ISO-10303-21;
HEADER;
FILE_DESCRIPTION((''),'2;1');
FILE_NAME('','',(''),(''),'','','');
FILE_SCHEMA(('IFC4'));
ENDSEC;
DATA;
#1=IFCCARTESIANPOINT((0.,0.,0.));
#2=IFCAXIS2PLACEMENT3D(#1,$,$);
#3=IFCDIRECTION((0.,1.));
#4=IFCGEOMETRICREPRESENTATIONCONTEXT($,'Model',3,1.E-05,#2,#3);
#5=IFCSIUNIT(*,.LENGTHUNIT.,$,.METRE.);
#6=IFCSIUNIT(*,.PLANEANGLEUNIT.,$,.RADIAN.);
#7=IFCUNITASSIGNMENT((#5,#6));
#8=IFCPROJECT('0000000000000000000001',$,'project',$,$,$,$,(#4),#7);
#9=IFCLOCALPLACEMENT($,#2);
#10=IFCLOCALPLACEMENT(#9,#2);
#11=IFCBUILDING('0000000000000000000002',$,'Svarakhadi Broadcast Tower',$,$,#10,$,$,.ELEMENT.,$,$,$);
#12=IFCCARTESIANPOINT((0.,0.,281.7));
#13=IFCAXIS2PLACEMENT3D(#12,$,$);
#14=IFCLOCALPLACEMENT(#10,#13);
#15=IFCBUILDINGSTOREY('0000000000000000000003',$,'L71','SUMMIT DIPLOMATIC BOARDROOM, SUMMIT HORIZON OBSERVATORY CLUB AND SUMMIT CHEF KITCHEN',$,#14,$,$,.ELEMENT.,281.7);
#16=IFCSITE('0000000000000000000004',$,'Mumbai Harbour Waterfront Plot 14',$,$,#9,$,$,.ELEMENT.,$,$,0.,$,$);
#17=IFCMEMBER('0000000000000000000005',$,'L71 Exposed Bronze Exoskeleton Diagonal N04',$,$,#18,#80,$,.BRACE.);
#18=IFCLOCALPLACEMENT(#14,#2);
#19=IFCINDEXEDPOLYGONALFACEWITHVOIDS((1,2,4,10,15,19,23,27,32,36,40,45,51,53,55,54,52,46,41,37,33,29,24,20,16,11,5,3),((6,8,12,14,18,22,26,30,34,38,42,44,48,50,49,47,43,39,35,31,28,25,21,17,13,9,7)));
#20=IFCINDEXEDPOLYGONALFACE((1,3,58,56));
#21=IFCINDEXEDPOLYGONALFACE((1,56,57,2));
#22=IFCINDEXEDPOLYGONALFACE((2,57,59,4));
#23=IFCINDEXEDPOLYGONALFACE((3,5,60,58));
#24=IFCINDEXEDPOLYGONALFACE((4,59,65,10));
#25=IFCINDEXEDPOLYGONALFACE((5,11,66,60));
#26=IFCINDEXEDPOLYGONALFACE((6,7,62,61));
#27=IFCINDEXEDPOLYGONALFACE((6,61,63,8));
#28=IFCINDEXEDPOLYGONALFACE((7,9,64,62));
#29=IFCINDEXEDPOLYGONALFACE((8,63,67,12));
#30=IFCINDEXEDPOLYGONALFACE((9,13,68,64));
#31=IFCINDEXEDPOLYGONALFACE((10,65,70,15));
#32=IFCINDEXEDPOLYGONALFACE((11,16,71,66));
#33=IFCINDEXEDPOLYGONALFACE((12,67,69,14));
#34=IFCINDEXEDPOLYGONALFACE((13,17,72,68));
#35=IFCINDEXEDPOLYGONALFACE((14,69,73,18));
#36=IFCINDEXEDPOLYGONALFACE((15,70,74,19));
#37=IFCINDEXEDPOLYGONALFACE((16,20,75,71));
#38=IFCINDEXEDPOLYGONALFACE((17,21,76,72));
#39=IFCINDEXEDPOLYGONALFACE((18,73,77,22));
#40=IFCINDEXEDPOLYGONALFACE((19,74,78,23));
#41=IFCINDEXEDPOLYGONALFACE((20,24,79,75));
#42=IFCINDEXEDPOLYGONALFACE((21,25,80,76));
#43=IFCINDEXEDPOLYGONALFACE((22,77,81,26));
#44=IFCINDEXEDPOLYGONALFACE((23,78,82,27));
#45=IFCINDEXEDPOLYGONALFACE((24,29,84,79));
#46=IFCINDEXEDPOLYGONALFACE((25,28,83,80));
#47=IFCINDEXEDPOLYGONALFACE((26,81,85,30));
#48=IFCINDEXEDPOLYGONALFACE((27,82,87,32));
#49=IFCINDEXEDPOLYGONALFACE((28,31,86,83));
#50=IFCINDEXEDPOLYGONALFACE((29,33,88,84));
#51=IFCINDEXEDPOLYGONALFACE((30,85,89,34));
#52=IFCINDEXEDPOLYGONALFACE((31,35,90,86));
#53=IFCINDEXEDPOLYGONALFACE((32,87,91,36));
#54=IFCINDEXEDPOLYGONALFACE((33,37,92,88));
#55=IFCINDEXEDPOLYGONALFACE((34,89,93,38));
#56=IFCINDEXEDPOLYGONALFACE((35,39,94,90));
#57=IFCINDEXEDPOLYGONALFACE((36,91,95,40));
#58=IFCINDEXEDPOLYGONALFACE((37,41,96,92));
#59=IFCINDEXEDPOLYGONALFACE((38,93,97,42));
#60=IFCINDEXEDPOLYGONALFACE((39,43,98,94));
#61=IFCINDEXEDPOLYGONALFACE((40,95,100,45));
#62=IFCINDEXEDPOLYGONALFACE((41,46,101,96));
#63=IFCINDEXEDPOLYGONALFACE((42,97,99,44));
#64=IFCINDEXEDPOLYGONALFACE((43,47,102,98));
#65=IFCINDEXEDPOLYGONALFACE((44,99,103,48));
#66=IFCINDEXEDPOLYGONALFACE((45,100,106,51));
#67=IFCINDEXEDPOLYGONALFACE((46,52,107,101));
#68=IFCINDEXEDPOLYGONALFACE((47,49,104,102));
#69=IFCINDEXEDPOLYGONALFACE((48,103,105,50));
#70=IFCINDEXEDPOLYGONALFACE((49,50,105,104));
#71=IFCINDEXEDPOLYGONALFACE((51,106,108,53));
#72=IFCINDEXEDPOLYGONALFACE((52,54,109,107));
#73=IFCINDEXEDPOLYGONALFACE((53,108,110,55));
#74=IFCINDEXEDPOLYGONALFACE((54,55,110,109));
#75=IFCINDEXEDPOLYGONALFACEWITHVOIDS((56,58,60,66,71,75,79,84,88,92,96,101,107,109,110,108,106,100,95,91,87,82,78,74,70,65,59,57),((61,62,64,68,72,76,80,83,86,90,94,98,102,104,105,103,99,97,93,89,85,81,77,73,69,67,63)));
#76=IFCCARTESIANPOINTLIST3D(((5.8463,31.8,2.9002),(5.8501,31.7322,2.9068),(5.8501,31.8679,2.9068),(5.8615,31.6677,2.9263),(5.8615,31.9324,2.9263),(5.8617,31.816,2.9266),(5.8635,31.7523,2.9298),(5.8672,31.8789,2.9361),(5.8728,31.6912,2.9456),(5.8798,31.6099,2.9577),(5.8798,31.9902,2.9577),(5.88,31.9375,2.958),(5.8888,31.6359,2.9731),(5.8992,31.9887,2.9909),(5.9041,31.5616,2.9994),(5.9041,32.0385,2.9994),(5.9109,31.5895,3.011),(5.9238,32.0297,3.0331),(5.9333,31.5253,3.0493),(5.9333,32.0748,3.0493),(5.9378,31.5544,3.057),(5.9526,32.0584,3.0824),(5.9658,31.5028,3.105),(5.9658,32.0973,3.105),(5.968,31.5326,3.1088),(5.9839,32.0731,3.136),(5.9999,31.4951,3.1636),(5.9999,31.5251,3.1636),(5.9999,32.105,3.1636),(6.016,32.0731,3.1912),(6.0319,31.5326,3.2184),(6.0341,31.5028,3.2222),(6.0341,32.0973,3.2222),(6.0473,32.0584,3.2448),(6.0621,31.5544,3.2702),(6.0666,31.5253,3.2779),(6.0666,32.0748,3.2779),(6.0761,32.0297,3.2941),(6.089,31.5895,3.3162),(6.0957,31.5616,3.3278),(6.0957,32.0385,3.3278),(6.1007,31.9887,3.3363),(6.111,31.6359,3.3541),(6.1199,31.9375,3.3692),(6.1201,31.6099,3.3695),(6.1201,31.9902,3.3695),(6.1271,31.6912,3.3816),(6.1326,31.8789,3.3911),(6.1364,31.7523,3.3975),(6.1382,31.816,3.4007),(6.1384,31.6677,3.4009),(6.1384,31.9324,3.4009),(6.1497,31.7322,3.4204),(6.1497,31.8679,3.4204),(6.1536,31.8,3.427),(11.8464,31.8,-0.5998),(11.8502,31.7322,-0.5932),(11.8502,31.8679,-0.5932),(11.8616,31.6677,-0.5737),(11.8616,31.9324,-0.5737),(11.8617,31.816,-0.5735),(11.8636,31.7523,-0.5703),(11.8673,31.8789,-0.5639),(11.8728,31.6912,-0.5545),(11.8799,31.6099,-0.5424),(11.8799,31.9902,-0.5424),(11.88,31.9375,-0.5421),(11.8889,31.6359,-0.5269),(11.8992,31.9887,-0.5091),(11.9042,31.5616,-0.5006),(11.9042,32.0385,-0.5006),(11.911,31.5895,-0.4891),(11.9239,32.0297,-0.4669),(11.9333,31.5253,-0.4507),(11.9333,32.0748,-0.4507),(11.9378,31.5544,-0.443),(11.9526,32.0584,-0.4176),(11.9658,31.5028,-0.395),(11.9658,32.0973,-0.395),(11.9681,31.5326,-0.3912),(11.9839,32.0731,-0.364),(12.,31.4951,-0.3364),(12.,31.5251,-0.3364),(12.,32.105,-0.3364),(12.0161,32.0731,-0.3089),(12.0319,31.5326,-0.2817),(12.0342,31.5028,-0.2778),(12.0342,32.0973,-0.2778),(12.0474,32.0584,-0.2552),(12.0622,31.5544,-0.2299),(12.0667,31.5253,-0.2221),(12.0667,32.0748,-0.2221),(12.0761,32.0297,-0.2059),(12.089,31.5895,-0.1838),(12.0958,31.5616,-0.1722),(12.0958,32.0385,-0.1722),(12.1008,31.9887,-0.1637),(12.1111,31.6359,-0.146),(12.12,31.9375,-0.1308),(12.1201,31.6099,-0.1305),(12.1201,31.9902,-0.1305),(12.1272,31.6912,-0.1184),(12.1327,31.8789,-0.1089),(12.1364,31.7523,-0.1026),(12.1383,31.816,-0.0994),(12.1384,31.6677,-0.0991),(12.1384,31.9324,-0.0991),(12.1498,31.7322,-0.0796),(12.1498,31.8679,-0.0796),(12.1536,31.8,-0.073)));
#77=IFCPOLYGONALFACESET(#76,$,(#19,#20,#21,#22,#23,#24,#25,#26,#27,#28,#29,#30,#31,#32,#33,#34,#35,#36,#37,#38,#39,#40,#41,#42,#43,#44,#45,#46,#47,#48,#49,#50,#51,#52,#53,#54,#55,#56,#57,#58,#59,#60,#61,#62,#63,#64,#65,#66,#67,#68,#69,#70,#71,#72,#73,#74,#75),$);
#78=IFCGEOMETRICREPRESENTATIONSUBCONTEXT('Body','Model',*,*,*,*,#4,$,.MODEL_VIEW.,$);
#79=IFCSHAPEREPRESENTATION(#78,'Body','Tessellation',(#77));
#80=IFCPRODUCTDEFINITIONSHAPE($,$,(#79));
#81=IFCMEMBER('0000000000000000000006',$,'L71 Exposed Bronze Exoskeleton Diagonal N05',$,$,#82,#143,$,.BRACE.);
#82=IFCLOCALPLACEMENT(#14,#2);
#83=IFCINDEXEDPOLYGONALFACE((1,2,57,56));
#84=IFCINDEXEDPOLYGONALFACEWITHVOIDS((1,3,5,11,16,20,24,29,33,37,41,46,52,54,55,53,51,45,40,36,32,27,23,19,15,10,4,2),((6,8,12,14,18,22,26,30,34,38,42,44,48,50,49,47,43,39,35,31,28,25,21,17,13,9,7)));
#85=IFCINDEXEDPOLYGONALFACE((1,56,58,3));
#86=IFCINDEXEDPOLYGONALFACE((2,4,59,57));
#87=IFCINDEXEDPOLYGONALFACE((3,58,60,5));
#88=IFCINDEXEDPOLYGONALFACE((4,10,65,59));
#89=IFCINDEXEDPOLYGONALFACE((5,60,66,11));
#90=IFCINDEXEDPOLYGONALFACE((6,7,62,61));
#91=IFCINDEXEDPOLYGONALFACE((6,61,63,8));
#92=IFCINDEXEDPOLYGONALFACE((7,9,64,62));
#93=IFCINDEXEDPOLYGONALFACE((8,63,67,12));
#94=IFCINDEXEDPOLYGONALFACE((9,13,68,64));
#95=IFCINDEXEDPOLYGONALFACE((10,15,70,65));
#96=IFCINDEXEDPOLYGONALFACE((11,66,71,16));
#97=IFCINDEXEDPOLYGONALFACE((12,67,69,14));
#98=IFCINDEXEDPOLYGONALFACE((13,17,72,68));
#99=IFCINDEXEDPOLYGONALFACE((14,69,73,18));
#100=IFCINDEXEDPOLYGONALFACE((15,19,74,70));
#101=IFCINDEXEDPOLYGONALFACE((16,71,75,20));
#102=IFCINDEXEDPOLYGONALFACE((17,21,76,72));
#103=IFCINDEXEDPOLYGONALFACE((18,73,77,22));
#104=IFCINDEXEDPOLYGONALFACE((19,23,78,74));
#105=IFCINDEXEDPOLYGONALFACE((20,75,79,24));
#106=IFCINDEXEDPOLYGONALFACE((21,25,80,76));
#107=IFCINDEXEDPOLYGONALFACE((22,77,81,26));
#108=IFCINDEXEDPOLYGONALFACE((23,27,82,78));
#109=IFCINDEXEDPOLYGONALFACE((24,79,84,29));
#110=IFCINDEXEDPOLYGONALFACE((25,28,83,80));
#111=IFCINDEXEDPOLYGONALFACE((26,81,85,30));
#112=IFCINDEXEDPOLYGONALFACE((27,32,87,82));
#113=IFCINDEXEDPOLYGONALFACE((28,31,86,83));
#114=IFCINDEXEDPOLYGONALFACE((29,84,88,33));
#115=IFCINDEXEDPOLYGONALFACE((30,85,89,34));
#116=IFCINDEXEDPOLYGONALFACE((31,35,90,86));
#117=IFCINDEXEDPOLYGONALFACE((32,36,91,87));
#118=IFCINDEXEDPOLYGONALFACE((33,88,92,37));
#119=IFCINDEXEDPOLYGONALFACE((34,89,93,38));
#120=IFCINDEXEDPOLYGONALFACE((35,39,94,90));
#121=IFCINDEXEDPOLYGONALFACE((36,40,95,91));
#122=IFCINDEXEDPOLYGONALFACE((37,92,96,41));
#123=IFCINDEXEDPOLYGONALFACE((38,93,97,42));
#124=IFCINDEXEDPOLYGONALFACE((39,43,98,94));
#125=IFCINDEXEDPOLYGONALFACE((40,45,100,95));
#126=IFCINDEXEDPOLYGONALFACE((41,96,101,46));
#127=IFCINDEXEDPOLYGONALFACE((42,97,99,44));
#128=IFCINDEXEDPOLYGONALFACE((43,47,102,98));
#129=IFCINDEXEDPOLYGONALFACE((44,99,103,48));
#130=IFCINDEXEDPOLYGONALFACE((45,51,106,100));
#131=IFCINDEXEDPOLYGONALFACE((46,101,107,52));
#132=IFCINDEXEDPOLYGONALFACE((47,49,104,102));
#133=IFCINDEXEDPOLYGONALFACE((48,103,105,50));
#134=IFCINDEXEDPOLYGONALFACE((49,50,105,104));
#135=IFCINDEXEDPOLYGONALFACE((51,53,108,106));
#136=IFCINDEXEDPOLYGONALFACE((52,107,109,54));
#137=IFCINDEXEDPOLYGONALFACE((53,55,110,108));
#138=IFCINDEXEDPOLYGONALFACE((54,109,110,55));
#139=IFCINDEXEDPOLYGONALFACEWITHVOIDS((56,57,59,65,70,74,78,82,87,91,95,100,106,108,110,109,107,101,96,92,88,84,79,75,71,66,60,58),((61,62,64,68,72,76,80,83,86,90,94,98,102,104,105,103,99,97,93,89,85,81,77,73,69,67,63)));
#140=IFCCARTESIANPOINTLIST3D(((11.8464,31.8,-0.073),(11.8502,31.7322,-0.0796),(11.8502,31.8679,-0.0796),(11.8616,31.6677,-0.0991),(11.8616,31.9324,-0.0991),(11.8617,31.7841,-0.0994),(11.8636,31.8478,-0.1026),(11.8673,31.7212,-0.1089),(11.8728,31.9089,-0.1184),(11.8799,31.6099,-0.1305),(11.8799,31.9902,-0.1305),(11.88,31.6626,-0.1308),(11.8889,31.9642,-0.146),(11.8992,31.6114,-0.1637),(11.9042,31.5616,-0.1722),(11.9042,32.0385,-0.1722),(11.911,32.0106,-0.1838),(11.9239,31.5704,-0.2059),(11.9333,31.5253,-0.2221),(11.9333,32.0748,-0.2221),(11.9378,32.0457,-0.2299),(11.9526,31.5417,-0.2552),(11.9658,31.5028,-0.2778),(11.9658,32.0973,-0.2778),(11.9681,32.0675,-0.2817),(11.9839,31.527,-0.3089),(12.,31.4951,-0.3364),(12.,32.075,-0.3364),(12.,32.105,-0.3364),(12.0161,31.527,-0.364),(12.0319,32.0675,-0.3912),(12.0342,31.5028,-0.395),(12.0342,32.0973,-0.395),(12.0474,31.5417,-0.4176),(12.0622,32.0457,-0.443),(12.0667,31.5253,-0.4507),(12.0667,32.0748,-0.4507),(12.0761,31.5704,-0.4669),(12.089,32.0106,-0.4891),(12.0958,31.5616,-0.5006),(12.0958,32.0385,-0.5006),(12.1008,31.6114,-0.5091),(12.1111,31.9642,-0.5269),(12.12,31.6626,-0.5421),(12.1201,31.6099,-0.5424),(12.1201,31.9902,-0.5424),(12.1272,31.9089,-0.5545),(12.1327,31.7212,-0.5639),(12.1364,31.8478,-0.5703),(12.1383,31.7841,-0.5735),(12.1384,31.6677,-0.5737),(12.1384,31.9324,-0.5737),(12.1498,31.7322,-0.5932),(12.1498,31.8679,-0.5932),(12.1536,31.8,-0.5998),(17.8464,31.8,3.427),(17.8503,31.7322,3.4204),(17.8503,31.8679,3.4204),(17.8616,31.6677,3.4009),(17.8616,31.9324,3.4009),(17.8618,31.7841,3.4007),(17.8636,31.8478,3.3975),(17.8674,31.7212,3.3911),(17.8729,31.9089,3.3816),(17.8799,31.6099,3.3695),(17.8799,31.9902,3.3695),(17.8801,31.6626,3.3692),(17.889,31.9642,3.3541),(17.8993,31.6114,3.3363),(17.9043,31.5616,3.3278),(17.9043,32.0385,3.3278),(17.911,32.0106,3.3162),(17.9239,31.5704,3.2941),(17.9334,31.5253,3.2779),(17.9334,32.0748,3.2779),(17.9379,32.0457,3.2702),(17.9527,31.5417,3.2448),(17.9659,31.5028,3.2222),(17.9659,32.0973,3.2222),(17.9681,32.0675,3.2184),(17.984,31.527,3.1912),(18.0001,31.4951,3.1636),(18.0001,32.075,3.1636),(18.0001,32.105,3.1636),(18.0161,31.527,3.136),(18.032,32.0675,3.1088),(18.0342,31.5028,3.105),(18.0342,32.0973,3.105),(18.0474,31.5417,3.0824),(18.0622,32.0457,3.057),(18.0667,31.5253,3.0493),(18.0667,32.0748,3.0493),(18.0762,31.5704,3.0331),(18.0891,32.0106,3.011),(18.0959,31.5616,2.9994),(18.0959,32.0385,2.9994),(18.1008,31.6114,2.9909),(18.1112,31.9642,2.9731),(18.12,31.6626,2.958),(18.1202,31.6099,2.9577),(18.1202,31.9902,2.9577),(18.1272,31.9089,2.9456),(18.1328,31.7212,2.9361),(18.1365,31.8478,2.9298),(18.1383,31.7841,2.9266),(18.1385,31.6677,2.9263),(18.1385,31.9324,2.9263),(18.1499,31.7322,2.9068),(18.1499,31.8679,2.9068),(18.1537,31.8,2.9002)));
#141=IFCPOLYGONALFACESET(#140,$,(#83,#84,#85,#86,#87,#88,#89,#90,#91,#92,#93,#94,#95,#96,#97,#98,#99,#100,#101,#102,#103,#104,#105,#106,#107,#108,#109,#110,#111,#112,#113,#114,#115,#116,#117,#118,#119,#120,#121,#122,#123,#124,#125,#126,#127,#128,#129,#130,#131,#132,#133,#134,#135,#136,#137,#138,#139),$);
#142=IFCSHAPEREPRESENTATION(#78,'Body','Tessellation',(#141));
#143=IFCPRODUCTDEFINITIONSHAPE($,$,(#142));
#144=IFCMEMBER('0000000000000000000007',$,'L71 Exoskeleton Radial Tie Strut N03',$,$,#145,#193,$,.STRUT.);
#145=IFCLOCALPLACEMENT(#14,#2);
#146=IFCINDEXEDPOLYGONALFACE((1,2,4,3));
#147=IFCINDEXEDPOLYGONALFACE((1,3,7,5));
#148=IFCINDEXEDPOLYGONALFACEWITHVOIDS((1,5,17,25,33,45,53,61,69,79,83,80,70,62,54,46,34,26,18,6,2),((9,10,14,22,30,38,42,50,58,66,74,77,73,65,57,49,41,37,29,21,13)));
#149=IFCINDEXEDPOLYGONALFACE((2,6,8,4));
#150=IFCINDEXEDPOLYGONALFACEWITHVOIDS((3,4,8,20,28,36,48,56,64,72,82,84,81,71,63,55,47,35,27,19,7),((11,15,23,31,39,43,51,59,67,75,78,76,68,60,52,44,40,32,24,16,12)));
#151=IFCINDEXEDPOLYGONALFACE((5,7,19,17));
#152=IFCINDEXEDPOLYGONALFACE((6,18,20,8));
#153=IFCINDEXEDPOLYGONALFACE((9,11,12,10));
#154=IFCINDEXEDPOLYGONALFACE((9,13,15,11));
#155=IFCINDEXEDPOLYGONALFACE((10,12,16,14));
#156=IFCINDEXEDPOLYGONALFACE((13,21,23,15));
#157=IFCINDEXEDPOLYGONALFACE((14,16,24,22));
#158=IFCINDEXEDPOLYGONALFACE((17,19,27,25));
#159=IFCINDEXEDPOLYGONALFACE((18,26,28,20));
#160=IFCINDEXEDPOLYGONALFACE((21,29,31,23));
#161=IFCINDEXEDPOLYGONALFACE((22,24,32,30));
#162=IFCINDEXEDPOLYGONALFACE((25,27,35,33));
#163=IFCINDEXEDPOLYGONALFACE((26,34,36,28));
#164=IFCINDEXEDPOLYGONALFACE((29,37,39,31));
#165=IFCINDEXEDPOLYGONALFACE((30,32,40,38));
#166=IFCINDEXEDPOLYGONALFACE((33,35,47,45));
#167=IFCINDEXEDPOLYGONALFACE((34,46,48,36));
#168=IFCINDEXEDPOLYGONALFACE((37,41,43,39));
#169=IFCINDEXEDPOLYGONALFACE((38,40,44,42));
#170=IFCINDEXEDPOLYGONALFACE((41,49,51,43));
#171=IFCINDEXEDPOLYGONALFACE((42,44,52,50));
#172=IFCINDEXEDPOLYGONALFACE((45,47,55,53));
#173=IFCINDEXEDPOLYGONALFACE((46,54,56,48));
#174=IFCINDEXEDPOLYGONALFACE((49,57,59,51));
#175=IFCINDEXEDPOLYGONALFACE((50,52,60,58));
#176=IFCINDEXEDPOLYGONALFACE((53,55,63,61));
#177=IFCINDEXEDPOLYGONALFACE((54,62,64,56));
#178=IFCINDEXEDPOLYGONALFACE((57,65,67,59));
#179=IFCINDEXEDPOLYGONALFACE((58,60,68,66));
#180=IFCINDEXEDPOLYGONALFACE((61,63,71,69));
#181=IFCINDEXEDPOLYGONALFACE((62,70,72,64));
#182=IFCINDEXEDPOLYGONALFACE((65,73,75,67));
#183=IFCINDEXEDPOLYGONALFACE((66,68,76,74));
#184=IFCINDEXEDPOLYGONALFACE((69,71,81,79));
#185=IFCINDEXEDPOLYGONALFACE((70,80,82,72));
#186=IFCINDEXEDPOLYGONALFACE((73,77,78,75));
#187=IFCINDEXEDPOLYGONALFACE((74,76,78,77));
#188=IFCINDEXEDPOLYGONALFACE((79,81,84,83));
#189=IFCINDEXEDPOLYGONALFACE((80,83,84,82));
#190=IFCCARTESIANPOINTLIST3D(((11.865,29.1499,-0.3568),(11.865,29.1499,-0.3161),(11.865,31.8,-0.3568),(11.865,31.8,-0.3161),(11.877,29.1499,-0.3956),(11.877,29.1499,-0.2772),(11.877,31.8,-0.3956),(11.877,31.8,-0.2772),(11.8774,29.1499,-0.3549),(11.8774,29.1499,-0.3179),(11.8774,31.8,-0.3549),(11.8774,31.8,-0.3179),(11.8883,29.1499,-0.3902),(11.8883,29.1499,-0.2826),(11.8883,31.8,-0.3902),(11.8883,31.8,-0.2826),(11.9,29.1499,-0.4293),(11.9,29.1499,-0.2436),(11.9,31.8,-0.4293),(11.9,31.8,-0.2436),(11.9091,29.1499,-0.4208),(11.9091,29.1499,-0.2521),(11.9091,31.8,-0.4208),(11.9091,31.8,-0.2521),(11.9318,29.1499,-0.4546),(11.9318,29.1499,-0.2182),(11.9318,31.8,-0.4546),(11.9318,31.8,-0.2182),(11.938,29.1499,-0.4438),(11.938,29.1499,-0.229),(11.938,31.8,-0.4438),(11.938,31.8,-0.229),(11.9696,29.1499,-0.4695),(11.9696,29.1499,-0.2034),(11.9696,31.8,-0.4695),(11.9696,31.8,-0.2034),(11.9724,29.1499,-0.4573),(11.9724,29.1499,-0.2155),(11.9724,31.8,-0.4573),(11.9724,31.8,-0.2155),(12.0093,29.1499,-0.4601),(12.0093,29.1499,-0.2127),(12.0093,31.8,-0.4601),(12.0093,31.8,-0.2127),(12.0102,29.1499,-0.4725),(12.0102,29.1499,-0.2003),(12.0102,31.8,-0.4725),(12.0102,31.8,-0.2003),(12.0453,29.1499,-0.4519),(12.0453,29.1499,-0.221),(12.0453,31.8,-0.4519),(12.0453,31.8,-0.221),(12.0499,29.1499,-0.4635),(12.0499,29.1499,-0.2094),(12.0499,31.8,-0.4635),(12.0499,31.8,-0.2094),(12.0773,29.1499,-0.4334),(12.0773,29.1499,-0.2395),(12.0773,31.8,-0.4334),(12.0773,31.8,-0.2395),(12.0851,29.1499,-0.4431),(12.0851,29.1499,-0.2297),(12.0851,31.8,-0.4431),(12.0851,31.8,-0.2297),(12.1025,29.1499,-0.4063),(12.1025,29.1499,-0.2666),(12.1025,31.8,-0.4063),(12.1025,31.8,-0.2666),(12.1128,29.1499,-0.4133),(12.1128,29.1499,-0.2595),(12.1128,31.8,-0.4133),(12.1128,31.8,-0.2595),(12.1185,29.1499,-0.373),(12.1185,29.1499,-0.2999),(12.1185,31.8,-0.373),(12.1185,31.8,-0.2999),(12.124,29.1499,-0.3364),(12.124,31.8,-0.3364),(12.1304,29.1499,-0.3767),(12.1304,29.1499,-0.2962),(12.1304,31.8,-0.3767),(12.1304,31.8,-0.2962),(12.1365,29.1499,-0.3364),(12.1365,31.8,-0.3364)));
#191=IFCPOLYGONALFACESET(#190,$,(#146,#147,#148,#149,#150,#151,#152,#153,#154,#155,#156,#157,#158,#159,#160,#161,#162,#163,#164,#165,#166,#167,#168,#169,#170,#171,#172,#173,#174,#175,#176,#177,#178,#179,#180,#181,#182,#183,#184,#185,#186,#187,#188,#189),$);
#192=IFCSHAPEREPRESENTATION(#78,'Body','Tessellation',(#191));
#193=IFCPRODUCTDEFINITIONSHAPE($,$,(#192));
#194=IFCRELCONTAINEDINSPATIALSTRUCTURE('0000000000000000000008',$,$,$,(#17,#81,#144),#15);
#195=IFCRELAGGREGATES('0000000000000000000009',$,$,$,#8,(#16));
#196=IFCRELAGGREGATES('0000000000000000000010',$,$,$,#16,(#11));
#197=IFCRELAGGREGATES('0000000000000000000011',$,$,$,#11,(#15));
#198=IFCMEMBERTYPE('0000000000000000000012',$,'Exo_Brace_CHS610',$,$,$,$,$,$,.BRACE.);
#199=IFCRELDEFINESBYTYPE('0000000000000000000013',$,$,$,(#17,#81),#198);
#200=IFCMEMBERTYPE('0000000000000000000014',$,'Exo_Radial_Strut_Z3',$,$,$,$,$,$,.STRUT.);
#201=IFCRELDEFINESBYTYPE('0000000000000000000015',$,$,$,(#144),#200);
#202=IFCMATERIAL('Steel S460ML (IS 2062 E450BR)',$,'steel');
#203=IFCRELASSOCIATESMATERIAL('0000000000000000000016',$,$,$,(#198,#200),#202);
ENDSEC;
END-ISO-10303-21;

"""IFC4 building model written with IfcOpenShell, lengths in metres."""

from ifc_helpers import new_model, si_unit, direction, frame, origin, origin_2d, place, context, subcontext, project, spatial, hollow_circle, extrude, material, material_profile, profile_set, type_object, element, save


model = new_model("IFC4")

# Units and contexts
model_context = context("Model", 3, precision=1e-05, world=origin(), true_north=direction((0.0, 1.0)))
body_context = subcontext(model_context, "Body", "Model", "MODEL_VIEW")
ifc_project = project(units=[si_unit("LENGTHUNIT", "METRE"), si_unit("PLANEANGLEUNIT", "RADIAN")], contexts=[model_context])

# Site, building, storey
site_placement = place(None, origin())
site = spatial("IfcSite", under=ifc_project, at=site_placement, Name="Mumbai Harbour Waterfront Plot 14", CompositionType="ELEMENT", RefElevation=0.0)
building_placement = place(site_placement, origin())
building = spatial("IfcBuilding", under=site, at=building_placement, Name="Svarakhadi Broadcast Tower", CompositionType="ELEMENT")
storey_placement = place(building_placement, frame((0.0, 0.0, 281.7)))
storey = spatial("IfcBuildingStorey", under=building, at=storey_placement, Name="L71", Description="SUMMIT DIPLOMATIC BOARDROOM, SUMMIT HORIZON OBSERVATORY CLUB AND SUMMIT CHEF KITCHEN", CompositionType="ELEMENT", Elevation=281.7)

# Shared definitions
ifc_material_1 = material(Name="Steel S460ML (IS 2062 E450BR)", Category="steel")

# Members
ifc_material_profile_1 = material_profile(ifc_material_1, hollow_circle(Radius=0.3049, WallThickness=0.03, at=origin_2d()), Name="CHS 610x30")
ifc_profile_set_1 = profile_set([ifc_material_profile_1], Name="Steel S460ML (IS 2062 E450BR)")
member_type_1 = type_object("IfcMemberType", Name="Exo_Brace_CHS610", PredefinedType="BRACE", material=ifc_profile_set_1)
for number, where, z_axis, x_axis, name in (
    (1, (12.0, 31.8, -0.3364), (-0.863779, 0.0, 0.503871), (0.0, -1.0, 0.0), "L71 Exposed Bronze Exoskeleton Diagonal N04"),
    (2, (12.0, 31.8, -0.3364), (0.863779, 0.0, 0.503871), (0.0, 1.0, 0.0), "L71 Exposed Bronze Exoskeleton Diagonal N05"),
):
    element("IfcMember", number, at=place(storey_placement, frame(where, z_axis=z_axis, x_axis=x_axis)), inside=storey, type_object=member_type_1, Name=name, PredefinedType="BRACE", context=body_context, shape_type="SweptSolid", body=[
        extrude(hollow_circle(Radius=0.3049, WallThickness=0.03, at=origin_2d()), origin(), (0.0, 0.0, 1.0), 6.9463),
    ])
ifc_material_profile_2 = material_profile(ifc_material_1, hollow_circle(Radius=0.1365, WallThickness=0.0125, at=origin_2d()), Name="CHS 273x12.5")
ifc_profile_set_2 = profile_set([ifc_material_profile_2], Name="Steel S460ML (IS 2062 E450BR)")
member_type_2 = type_object("IfcMemberType", Name="Exo_Radial_Strut_Z3", PredefinedType="STRUT", material=ifc_profile_set_2)
member_1_placement = place(storey_placement, frame((12.0, 31.8, -0.3364), z_axis=(0.0, -1.0, 0.0), x_axis=(1.0, 0.0, 0.0)))
element("IfcMember", 3, at=member_1_placement, inside=storey, type_object=member_type_2, Name="L71 Exoskeleton Radial Tie Strut N03", PredefinedType="STRUT", context=body_context, shape_type="SweptSolid", body=[
    extrude(hollow_circle(Radius=0.1365, WallThickness=0.0125, at=origin_2d()), origin(), (0.0, 0.0, 1.0), 2.6501),
])

save(model, "model.ifc")
